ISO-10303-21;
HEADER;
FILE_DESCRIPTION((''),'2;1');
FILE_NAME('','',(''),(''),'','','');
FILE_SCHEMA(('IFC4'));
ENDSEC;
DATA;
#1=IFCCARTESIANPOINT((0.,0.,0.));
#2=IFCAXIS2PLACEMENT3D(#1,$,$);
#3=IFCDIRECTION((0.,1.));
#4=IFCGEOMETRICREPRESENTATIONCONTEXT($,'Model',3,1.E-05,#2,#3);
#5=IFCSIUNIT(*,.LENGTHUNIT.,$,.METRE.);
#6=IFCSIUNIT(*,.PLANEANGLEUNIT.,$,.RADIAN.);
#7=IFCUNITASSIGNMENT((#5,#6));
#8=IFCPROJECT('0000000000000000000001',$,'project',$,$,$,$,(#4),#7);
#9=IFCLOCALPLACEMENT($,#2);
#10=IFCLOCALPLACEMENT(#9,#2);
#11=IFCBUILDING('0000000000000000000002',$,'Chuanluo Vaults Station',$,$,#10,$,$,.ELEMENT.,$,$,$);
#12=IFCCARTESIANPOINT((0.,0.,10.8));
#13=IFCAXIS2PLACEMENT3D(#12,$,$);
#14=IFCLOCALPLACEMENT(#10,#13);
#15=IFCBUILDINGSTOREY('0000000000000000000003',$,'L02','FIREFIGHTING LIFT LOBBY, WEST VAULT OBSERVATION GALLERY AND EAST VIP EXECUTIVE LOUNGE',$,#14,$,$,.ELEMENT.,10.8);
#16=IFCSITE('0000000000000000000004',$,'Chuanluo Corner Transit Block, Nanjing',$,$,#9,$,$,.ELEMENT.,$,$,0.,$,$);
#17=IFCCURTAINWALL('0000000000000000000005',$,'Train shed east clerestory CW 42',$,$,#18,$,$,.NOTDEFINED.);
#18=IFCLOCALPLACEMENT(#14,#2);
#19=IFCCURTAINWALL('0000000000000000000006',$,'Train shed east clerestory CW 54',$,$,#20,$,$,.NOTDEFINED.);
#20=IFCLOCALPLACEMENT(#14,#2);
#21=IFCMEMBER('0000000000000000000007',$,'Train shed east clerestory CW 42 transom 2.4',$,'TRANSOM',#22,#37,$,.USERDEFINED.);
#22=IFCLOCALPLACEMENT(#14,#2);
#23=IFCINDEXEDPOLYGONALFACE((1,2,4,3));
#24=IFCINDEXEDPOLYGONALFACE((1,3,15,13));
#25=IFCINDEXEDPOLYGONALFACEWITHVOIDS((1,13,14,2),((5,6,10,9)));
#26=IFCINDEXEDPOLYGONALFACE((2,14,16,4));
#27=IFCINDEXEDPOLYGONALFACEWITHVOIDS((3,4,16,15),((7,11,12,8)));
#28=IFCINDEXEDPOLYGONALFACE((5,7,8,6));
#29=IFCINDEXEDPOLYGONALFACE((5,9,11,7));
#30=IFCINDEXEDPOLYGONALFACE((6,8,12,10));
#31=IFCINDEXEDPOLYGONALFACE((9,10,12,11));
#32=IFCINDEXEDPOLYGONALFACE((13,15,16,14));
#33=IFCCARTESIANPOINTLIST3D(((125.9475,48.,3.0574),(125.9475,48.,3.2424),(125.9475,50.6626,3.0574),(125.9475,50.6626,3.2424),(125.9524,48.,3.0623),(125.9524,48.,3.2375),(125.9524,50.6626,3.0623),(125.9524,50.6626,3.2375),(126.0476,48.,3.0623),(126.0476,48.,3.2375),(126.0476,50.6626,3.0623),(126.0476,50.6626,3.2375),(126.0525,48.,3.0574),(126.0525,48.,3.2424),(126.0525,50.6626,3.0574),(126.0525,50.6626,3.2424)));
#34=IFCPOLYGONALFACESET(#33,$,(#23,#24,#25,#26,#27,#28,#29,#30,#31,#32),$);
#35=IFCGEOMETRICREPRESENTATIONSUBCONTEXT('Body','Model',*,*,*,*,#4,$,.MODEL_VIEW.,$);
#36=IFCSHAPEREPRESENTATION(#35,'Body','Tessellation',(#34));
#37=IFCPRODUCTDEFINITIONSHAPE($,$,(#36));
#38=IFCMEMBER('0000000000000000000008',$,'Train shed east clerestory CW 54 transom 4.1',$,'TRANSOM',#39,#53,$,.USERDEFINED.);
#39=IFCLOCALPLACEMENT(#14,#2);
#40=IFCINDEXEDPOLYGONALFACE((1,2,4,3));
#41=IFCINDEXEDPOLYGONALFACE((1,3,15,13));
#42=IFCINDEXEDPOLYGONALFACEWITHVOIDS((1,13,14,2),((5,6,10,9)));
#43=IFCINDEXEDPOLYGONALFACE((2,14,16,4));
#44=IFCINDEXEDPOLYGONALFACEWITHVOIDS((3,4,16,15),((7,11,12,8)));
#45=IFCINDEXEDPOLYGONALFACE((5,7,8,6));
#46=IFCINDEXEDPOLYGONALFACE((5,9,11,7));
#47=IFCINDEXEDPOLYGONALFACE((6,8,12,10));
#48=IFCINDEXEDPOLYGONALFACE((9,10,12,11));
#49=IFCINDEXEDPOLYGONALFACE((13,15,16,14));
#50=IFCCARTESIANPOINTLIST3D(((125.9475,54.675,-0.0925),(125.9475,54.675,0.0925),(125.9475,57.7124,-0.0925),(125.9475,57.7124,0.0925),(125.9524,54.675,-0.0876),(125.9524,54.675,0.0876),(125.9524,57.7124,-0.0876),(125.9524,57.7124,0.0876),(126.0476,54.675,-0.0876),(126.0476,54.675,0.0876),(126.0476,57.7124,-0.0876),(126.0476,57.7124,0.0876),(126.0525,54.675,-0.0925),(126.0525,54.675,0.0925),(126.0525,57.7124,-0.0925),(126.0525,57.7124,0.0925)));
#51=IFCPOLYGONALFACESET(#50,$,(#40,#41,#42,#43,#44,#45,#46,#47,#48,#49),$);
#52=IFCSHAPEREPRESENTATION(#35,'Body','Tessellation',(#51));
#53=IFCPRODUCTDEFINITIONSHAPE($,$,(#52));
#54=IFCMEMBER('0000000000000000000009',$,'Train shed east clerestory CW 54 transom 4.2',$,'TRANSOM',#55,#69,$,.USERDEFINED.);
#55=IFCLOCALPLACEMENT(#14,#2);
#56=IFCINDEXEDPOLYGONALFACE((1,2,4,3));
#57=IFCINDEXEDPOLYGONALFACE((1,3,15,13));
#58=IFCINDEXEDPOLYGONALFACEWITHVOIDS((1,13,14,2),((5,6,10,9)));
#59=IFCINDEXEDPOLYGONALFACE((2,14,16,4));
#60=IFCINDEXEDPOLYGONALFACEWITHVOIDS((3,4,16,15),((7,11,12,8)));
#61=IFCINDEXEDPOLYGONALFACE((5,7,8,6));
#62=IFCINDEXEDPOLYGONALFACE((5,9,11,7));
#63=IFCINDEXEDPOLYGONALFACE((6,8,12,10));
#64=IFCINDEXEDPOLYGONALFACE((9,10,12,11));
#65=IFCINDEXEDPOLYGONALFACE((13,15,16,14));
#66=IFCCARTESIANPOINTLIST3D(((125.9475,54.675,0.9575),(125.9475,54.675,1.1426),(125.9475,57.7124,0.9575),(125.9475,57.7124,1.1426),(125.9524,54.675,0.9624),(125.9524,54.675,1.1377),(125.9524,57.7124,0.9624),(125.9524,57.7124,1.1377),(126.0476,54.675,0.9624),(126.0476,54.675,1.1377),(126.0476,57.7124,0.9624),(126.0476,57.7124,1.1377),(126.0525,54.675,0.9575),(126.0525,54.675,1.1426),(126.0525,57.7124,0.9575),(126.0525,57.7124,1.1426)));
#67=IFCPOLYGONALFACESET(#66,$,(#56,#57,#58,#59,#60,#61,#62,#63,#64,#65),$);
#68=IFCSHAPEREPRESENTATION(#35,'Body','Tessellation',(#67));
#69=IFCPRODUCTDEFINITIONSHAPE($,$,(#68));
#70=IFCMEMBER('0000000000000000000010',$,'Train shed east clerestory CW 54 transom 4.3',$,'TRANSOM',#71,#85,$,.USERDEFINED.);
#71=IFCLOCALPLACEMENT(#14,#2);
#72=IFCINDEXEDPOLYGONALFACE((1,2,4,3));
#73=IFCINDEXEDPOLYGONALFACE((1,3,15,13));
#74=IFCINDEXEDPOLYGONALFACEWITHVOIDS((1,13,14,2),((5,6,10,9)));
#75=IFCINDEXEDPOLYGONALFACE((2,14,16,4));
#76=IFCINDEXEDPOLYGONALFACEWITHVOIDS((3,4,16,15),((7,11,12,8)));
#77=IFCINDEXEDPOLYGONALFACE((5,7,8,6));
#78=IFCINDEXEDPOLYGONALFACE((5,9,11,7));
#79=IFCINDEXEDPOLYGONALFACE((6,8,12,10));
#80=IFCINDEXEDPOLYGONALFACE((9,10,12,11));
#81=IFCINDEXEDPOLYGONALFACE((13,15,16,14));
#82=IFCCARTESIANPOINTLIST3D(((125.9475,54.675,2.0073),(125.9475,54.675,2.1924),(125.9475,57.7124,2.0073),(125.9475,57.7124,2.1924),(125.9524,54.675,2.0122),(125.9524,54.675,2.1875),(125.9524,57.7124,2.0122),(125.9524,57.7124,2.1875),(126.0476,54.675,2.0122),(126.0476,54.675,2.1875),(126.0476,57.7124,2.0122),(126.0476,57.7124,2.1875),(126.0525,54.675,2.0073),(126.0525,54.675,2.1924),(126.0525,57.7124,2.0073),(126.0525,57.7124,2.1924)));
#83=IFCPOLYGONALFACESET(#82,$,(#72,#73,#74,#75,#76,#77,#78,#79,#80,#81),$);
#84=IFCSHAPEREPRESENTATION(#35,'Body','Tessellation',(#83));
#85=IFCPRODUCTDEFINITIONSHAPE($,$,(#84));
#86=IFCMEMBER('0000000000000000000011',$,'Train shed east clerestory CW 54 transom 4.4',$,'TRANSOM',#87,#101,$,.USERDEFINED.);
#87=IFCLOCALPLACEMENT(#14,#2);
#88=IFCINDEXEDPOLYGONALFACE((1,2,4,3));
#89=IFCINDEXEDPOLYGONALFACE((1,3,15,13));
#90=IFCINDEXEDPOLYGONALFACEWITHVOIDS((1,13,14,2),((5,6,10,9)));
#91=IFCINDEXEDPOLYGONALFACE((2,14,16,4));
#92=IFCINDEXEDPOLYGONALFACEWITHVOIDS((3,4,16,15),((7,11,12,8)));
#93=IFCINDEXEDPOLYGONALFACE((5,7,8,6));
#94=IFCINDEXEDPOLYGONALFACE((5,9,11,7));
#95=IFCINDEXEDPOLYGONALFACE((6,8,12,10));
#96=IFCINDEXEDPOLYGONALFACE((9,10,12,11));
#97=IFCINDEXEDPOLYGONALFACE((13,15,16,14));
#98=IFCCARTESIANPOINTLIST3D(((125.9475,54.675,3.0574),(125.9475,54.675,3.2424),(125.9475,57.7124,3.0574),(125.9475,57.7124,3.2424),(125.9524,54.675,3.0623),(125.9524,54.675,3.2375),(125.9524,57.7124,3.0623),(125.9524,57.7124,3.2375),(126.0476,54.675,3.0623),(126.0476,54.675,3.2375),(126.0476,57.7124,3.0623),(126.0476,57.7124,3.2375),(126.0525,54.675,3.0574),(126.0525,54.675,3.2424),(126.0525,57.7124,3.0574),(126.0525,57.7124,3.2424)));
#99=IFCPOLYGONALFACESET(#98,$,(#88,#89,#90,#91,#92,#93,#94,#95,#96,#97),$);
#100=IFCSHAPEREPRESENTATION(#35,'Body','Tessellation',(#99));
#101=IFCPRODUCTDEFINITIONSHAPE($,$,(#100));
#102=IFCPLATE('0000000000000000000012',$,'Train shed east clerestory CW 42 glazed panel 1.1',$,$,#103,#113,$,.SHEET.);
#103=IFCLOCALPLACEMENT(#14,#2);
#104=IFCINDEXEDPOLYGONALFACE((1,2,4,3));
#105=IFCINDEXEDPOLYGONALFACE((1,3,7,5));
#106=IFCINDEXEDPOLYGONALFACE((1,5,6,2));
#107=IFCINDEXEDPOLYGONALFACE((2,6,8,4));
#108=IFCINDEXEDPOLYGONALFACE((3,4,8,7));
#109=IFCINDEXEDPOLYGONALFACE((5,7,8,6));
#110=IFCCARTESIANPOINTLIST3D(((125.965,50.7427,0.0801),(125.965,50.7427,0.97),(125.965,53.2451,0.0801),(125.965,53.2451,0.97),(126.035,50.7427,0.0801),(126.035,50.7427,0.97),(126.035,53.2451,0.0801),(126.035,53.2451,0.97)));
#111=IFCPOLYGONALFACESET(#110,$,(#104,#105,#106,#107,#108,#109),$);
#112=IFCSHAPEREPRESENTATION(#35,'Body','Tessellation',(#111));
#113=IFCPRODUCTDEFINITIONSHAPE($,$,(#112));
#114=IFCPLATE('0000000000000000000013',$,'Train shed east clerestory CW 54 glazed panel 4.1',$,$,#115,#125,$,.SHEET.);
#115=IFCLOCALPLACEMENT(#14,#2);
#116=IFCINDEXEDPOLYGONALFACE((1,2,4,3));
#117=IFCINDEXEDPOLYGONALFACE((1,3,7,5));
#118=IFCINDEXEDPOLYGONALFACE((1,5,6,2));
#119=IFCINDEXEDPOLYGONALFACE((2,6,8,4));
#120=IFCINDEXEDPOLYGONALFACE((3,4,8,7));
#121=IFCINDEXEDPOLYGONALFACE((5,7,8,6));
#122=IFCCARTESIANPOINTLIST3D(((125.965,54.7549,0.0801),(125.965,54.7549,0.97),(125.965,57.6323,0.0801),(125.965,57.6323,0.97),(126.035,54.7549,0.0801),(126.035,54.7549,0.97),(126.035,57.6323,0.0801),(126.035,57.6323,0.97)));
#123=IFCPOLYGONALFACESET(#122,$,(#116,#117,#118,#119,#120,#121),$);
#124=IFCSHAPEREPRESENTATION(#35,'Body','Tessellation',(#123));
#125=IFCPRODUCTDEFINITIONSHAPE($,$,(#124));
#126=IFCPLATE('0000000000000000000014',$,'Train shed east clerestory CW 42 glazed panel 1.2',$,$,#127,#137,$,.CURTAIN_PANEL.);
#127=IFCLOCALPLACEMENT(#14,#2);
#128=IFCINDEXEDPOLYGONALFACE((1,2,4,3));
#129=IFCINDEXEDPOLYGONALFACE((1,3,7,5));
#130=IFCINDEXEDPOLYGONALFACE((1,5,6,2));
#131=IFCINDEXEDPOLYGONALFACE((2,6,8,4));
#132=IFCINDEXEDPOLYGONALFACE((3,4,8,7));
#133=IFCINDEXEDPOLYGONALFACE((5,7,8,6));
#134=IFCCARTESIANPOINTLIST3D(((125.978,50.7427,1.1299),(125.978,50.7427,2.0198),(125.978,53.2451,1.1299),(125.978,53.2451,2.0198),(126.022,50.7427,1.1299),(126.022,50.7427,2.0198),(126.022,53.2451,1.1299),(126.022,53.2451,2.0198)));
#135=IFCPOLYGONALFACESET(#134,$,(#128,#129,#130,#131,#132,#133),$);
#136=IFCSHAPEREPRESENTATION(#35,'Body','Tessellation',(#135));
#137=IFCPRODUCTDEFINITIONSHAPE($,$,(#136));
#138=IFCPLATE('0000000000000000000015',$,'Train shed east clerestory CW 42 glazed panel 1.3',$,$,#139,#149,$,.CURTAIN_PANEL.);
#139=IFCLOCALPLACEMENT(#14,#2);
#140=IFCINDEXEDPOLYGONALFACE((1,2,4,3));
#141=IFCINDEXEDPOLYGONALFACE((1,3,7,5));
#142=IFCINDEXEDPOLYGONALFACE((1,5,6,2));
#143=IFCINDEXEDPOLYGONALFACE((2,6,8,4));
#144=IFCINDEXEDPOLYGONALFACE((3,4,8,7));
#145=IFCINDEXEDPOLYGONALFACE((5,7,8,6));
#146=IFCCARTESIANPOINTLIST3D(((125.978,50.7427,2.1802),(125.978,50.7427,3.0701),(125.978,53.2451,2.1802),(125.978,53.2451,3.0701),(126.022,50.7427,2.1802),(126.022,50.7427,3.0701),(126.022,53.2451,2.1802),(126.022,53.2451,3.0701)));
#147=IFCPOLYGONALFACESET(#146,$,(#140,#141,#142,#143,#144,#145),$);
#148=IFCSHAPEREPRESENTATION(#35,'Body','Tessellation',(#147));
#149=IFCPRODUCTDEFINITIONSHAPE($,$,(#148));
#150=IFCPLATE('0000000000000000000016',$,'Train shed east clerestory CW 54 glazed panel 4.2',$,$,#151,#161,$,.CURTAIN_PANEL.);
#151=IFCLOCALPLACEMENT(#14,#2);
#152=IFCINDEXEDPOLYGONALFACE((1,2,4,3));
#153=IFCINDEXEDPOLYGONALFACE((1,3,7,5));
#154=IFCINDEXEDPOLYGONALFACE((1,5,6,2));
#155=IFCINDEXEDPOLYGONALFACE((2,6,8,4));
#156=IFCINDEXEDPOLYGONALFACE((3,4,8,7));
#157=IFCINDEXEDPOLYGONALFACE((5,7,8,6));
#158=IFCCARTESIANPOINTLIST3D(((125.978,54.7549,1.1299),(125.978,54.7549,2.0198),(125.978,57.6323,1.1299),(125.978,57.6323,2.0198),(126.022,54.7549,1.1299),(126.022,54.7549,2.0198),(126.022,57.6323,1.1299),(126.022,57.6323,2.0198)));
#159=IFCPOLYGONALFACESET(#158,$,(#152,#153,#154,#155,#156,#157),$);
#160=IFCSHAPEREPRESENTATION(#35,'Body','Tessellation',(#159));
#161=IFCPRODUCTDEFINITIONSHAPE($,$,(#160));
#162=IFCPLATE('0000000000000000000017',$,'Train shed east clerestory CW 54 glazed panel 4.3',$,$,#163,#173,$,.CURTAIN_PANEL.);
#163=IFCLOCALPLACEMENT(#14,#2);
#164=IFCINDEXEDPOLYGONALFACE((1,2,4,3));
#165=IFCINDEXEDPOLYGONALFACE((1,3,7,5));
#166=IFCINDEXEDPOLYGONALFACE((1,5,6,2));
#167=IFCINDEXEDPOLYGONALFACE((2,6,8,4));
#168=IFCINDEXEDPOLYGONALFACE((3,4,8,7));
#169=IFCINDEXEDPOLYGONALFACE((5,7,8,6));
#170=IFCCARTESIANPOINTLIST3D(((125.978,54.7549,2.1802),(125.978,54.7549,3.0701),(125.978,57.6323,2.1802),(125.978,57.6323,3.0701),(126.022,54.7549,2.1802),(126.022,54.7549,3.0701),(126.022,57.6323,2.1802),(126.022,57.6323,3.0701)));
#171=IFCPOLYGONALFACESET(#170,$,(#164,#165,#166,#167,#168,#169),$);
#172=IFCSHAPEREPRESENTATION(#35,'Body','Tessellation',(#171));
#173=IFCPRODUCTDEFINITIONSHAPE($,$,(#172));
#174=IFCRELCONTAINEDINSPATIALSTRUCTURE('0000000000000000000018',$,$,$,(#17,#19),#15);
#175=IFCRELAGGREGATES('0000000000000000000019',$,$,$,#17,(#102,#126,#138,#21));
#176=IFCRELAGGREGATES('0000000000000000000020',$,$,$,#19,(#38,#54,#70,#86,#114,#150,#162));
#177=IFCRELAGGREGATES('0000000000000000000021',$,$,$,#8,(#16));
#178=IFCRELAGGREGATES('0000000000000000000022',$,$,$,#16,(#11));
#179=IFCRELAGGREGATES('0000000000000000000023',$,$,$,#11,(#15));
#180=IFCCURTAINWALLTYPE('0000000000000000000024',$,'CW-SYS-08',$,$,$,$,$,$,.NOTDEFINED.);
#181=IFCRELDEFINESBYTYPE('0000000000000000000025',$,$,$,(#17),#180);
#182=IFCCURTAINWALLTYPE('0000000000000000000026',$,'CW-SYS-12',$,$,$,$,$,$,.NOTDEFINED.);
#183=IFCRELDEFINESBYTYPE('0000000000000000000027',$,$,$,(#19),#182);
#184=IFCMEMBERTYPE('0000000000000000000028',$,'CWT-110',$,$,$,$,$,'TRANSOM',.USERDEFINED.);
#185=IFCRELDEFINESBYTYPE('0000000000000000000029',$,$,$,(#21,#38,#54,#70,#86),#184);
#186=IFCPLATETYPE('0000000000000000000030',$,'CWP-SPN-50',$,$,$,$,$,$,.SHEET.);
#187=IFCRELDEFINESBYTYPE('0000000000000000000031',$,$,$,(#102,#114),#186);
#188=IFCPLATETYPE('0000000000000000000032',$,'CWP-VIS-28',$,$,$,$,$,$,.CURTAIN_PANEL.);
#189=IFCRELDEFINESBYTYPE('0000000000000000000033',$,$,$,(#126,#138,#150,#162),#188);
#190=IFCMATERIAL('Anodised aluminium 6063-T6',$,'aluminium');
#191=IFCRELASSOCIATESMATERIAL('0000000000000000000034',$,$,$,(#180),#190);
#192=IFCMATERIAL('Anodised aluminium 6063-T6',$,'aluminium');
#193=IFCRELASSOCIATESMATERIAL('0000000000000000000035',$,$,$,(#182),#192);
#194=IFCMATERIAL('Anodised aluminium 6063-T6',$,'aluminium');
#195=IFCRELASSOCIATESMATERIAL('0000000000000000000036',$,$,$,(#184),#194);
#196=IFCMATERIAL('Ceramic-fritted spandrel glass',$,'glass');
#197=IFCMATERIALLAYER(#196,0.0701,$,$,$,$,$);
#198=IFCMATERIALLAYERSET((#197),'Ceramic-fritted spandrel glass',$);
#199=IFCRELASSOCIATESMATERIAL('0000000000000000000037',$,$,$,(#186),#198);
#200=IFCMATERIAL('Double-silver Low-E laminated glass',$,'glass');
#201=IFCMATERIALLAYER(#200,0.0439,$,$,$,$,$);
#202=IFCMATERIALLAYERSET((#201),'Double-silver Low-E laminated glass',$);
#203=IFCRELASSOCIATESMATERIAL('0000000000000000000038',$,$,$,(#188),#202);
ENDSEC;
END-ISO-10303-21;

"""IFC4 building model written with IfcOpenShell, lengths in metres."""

from ifc_helpers import new_model, si_unit, direction, frame, origin, origin_2d, place, context, subcontext, project, spatial, rectangle, hollow_rectangle, extrude, material, layer, layer_set, material_profile, profile_set, type_object, element, aggregate, save


model = new_model("IFC4")

# Units and contexts
model_context = context("Model", 3, precision=1e-05, world=origin(), true_north=direction((0.0, 1.0)))
body_context = subcontext(model_context, "Body", "Model", "MODEL_VIEW")
ifc_project = project(units=[si_unit("LENGTHUNIT", "METRE"), si_unit("PLANEANGLEUNIT", "RADIAN")], contexts=[model_context])

# Site, building, storey
site_placement = place(None, origin())
site = spatial("IfcSite", under=ifc_project, at=site_placement, Name="Chuanluo Corner Transit Block, Nanjing", CompositionType="ELEMENT", RefElevation=0.0)
building_placement = place(site_placement, origin())
building = spatial("IfcBuilding", under=site, at=building_placement, Name="Chuanluo Vaults Station", CompositionType="ELEMENT")
storey_placement = place(building_placement, frame((0.0, 0.0, 10.8)))
storey = spatial("IfcBuildingStorey", under=building, at=storey_placement, Name="L02", Description="FIREFIGHTING LIFT LOBBY, WEST VAULT OBSERVATION GALLERY AND EAST VIP EXECUTIVE LOUNGE", CompositionType="ELEMENT", Elevation=10.8)

# Curtain wall
ifc_material_1 = material(Name="Anodised aluminium 6063-T6", Category="aluminium")
curtain_wall_type_1 = type_object("IfcCurtainWallType", Name="CW-SYS-08", PredefinedType="NOTDEFINED", material=ifc_material_1)
curtain_wall_1_placement = place(storey_placement, origin())
curtain_wall_1 = element("IfcCurtainWall", 1, at=curtain_wall_1_placement, inside=storey, type_object=curtain_wall_type_1, Name="Train shed east clerestory CW 42", PredefinedType="NOTDEFINED")

# Curtain wall
ifc_material_2 = material(Name="Anodised aluminium 6063-T6", Category="aluminium")
curtain_wall_type_2 = type_object("IfcCurtainWallType", Name="CW-SYS-12", PredefinedType="NOTDEFINED", material=ifc_material_2)
curtain_wall_2_placement = place(storey_placement, origin())
curtain_wall_2 = element("IfcCurtainWall", 2, at=curtain_wall_2_placement, inside=storey, type_object=curtain_wall_type_2, Name="Train shed east clerestory CW 54", PredefinedType="NOTDEFINED")

# Members
ifc_material_3 = material(Name="Anodised aluminium 6063-T6", Category="aluminium")
ifc_material_profile_1 = material_profile(ifc_material_3, hollow_rectangle(XDim=0.105, YDim=0.1851, WallThickness=0.0049, at=origin_2d()))
ifc_profile_set_1 = profile_set([ifc_material_profile_1], Name="Anodised aluminium 6063-T6")
member_type_1 = type_object("IfcMemberType", Name="CWT-110", ElementType="TRANSOM", PredefinedType="USERDEFINED", material=ifc_profile_set_1)
member_1_placement = place(storey_placement, frame((126.0, 50.6626, 3.1499), z_axis=(0.0, -1.0, 0.0), x_axis=(1.0, 0.0, 0.0)))
member_1 = element("IfcMember", 3, at=member_1_placement, type_object=member_type_1, Name="Train shed east clerestory CW 42 transom 2.4", ObjectType="TRANSOM", PredefinedType="USERDEFINED", context=body_context, shape_type="SweptSolid", body=[
    extrude(hollow_rectangle(XDim=0.105, YDim=0.1851, WallThickness=0.0049, at=origin_2d()), origin(), (0.0, 0.0, 1.0), 2.6626),
])
member_2_placement = place(storey_placement, frame((126.0, 57.7124, 0.0), z_axis=(0.0, -1.0, 0.0), x_axis=(1.0, 0.0, 0.0)))
member_2 = element("IfcMember", 4, at=member_2_placement, type_object=member_type_1, Name="Train shed east clerestory CW 54 transom 4.1", ObjectType="TRANSOM", PredefinedType="USERDEFINED", context=body_context, shape_type="SweptSolid", body=[
    extrude(hollow_rectangle(XDim=0.105, YDim=0.1851, WallThickness=0.0049, at=origin_2d()), origin(), (0.0, 0.0, 1.0), 3.0374),
])
member_3_placement = place(storey_placement, frame((126.0, 57.7124, 1.05), z_axis=(0.0, -1.0, 0.0), x_axis=(1.0, 0.0, 0.0)))
member_3 = element("IfcMember", 5, at=member_3_placement, type_object=member_type_1, Name="Train shed east clerestory CW 54 transom 4.2", ObjectType="TRANSOM", PredefinedType="USERDEFINED", context=body_context, shape_type="SweptSolid", body=[
    extrude(hollow_rectangle(XDim=0.105, YDim=0.1851, WallThickness=0.0049, at=origin_2d()), origin(), (0.0, 0.0, 1.0), 3.0374),
])
member_4_placement = place(storey_placement, frame((126.0, 57.7124, 2.0999), z_axis=(0.0, -1.0, 0.0), x_axis=(1.0, 0.0, 0.0)))
member_4 = element("IfcMember", 6, at=member_4_placement, type_object=member_type_1, Name="Train shed east clerestory CW 54 transom 4.3", ObjectType="TRANSOM", PredefinedType="USERDEFINED", context=body_context, shape_type="SweptSolid", body=[
    extrude(hollow_rectangle(XDim=0.105, YDim=0.1851, WallThickness=0.0049, at=origin_2d()), origin(), (0.0, 0.0, 1.0), 3.0374),
])
member_5_placement = place(storey_placement, frame((126.0, 57.7124, 3.1499), z_axis=(0.0, -1.0, 0.0), x_axis=(1.0, 0.0, 0.0)))
member_5 = element("IfcMember", 7, at=member_5_placement, type_object=member_type_1, Name="Train shed east clerestory CW 54 transom 4.4", ObjectType="TRANSOM", PredefinedType="USERDEFINED", context=body_context, shape_type="SweptSolid", body=[
    extrude(hollow_rectangle(XDim=0.105, YDim=0.1851, WallThickness=0.0049, at=origin_2d()), origin(), (0.0, 0.0, 1.0), 3.0374),
])

# Plates
ifc_material_4 = material(Name="Ceramic-fritted spandrel glass", Category="glass")
ifc_layer_1 = layer(ifc_material_4, 0.0701)
ifc_layer_set_1 = layer_set([ifc_layer_1], Name="Ceramic-fritted spandrel glass")
plate_type_1 = type_object("IfcPlateType", Name="CWP-SPN-50", PredefinedType="SHEET", material=ifc_layer_set_1)
plate_1_placement = place(storey_placement, frame((126.0, 51.9939, 0.0801), z_axis=(0.0, 0.0, 1.0), x_axis=(0.0, -1.0, 0.0)))
plate_1 = element("IfcPlate", 8, at=plate_1_placement, type_object=plate_type_1, Name="Train shed east clerestory CW 42 glazed panel 1.1", PredefinedType="SHEET", context=body_context, shape_type="SweptSolid", body=[
    extrude(rectangle(XDim=2.5024, YDim=0.0701, at=origin_2d()), origin(), (0.0, 0.0, 1.0), 0.8899),
])
plate_2_placement = place(storey_placement, frame((126.0, 56.1936, 0.0801), z_axis=(0.0, 0.0, 1.0), x_axis=(0.0, -1.0, 0.0)))
plate_2 = element("IfcPlate", 9, at=plate_2_placement, type_object=plate_type_1, Name="Train shed east clerestory CW 54 glazed panel 4.1", PredefinedType="SHEET", context=body_context, shape_type="SweptSolid", body=[
    extrude(rectangle(XDim=2.8774, YDim=0.0701, at=origin_2d()), origin(), (0.0, 0.0, 1.0), 0.8899),
])
ifc_material_5 = material(Name="Double-silver Low-E laminated glass", Category="glass")
ifc_layer_2 = layer(ifc_material_5, 0.0439)
ifc_layer_set_2 = layer_set([ifc_layer_2], Name="Double-silver Low-E laminated glass")
plate_type_2 = type_object("IfcPlateType", Name="CWP-VIS-28", PredefinedType="CURTAIN_PANEL", material=ifc_layer_set_2)
plate_3_placement = place(storey_placement, frame((126.0, 51.9939, 1.1299), z_axis=(0.0, 0.0, 1.0), x_axis=(0.0, -1.0, 0.0)))
plate_3 = element("IfcPlate", 10, at=plate_3_placement, type_object=plate_type_2, Name="Train shed east clerestory CW 42 glazed panel 1.2", PredefinedType="CURTAIN_PANEL", context=body_context, shape_type="SweptSolid", body=[
    extrude(rectangle(XDim=2.5024, YDim=0.0439, at=origin_2d()), origin(), (0.0, 0.0, 1.0), 0.8899),
])
plate_4_placement = place(storey_placement, frame((126.0, 51.9939, 2.1802), z_axis=(0.0, 0.0, 1.0), x_axis=(0.0, -1.0, 0.0)))
plate_4 = element("IfcPlate", 11, at=plate_4_placement, type_object=plate_type_2, Name="Train shed east clerestory CW 42 glazed panel 1.3", PredefinedType="CURTAIN_PANEL", context=body_context, shape_type="SweptSolid", body=[
    extrude(rectangle(XDim=2.5024, YDim=0.0439, at=origin_2d()), origin(), (0.0, 0.0, 1.0), 0.8899),
])
aggregate(curtain_wall_1, [plate_1, plate_3, plate_4, member_1])
plate_5_placement = place(storey_placement, frame((126.0, 56.1936, 1.1299), z_axis=(0.0, 0.0, 1.0), x_axis=(0.0, -1.0, 0.0)))
plate_5 = element("IfcPlate", 12, at=plate_5_placement, type_object=plate_type_2, Name="Train shed east clerestory CW 54 glazed panel 4.2", PredefinedType="CURTAIN_PANEL", context=body_context, shape_type="SweptSolid", body=[
    extrude(rectangle(XDim=2.8774, YDim=0.0439, at=origin_2d()), origin(), (0.0, 0.0, 1.0), 0.8899),
])
plate_6_placement = place(storey_placement, frame((126.0, 56.1936, 2.1802), z_axis=(0.0, 0.0, 1.0), x_axis=(0.0, -1.0, 0.0)))
plate_6 = element("IfcPlate", 13, at=plate_6_placement, type_object=plate_type_2, Name="Train shed east clerestory CW 54 glazed panel 4.3", PredefinedType="CURTAIN_PANEL", context=body_context, shape_type="SweptSolid", body=[
    extrude(rectangle(XDim=2.8774, YDim=0.0439, at=origin_2d()), origin(), (0.0, 0.0, 1.0), 0.8899),
])
aggregate(curtain_wall_2, [member_2, member_3, member_4, member_5, plate_2, plate_5, plate_6])

save(model, "model.ifc")
